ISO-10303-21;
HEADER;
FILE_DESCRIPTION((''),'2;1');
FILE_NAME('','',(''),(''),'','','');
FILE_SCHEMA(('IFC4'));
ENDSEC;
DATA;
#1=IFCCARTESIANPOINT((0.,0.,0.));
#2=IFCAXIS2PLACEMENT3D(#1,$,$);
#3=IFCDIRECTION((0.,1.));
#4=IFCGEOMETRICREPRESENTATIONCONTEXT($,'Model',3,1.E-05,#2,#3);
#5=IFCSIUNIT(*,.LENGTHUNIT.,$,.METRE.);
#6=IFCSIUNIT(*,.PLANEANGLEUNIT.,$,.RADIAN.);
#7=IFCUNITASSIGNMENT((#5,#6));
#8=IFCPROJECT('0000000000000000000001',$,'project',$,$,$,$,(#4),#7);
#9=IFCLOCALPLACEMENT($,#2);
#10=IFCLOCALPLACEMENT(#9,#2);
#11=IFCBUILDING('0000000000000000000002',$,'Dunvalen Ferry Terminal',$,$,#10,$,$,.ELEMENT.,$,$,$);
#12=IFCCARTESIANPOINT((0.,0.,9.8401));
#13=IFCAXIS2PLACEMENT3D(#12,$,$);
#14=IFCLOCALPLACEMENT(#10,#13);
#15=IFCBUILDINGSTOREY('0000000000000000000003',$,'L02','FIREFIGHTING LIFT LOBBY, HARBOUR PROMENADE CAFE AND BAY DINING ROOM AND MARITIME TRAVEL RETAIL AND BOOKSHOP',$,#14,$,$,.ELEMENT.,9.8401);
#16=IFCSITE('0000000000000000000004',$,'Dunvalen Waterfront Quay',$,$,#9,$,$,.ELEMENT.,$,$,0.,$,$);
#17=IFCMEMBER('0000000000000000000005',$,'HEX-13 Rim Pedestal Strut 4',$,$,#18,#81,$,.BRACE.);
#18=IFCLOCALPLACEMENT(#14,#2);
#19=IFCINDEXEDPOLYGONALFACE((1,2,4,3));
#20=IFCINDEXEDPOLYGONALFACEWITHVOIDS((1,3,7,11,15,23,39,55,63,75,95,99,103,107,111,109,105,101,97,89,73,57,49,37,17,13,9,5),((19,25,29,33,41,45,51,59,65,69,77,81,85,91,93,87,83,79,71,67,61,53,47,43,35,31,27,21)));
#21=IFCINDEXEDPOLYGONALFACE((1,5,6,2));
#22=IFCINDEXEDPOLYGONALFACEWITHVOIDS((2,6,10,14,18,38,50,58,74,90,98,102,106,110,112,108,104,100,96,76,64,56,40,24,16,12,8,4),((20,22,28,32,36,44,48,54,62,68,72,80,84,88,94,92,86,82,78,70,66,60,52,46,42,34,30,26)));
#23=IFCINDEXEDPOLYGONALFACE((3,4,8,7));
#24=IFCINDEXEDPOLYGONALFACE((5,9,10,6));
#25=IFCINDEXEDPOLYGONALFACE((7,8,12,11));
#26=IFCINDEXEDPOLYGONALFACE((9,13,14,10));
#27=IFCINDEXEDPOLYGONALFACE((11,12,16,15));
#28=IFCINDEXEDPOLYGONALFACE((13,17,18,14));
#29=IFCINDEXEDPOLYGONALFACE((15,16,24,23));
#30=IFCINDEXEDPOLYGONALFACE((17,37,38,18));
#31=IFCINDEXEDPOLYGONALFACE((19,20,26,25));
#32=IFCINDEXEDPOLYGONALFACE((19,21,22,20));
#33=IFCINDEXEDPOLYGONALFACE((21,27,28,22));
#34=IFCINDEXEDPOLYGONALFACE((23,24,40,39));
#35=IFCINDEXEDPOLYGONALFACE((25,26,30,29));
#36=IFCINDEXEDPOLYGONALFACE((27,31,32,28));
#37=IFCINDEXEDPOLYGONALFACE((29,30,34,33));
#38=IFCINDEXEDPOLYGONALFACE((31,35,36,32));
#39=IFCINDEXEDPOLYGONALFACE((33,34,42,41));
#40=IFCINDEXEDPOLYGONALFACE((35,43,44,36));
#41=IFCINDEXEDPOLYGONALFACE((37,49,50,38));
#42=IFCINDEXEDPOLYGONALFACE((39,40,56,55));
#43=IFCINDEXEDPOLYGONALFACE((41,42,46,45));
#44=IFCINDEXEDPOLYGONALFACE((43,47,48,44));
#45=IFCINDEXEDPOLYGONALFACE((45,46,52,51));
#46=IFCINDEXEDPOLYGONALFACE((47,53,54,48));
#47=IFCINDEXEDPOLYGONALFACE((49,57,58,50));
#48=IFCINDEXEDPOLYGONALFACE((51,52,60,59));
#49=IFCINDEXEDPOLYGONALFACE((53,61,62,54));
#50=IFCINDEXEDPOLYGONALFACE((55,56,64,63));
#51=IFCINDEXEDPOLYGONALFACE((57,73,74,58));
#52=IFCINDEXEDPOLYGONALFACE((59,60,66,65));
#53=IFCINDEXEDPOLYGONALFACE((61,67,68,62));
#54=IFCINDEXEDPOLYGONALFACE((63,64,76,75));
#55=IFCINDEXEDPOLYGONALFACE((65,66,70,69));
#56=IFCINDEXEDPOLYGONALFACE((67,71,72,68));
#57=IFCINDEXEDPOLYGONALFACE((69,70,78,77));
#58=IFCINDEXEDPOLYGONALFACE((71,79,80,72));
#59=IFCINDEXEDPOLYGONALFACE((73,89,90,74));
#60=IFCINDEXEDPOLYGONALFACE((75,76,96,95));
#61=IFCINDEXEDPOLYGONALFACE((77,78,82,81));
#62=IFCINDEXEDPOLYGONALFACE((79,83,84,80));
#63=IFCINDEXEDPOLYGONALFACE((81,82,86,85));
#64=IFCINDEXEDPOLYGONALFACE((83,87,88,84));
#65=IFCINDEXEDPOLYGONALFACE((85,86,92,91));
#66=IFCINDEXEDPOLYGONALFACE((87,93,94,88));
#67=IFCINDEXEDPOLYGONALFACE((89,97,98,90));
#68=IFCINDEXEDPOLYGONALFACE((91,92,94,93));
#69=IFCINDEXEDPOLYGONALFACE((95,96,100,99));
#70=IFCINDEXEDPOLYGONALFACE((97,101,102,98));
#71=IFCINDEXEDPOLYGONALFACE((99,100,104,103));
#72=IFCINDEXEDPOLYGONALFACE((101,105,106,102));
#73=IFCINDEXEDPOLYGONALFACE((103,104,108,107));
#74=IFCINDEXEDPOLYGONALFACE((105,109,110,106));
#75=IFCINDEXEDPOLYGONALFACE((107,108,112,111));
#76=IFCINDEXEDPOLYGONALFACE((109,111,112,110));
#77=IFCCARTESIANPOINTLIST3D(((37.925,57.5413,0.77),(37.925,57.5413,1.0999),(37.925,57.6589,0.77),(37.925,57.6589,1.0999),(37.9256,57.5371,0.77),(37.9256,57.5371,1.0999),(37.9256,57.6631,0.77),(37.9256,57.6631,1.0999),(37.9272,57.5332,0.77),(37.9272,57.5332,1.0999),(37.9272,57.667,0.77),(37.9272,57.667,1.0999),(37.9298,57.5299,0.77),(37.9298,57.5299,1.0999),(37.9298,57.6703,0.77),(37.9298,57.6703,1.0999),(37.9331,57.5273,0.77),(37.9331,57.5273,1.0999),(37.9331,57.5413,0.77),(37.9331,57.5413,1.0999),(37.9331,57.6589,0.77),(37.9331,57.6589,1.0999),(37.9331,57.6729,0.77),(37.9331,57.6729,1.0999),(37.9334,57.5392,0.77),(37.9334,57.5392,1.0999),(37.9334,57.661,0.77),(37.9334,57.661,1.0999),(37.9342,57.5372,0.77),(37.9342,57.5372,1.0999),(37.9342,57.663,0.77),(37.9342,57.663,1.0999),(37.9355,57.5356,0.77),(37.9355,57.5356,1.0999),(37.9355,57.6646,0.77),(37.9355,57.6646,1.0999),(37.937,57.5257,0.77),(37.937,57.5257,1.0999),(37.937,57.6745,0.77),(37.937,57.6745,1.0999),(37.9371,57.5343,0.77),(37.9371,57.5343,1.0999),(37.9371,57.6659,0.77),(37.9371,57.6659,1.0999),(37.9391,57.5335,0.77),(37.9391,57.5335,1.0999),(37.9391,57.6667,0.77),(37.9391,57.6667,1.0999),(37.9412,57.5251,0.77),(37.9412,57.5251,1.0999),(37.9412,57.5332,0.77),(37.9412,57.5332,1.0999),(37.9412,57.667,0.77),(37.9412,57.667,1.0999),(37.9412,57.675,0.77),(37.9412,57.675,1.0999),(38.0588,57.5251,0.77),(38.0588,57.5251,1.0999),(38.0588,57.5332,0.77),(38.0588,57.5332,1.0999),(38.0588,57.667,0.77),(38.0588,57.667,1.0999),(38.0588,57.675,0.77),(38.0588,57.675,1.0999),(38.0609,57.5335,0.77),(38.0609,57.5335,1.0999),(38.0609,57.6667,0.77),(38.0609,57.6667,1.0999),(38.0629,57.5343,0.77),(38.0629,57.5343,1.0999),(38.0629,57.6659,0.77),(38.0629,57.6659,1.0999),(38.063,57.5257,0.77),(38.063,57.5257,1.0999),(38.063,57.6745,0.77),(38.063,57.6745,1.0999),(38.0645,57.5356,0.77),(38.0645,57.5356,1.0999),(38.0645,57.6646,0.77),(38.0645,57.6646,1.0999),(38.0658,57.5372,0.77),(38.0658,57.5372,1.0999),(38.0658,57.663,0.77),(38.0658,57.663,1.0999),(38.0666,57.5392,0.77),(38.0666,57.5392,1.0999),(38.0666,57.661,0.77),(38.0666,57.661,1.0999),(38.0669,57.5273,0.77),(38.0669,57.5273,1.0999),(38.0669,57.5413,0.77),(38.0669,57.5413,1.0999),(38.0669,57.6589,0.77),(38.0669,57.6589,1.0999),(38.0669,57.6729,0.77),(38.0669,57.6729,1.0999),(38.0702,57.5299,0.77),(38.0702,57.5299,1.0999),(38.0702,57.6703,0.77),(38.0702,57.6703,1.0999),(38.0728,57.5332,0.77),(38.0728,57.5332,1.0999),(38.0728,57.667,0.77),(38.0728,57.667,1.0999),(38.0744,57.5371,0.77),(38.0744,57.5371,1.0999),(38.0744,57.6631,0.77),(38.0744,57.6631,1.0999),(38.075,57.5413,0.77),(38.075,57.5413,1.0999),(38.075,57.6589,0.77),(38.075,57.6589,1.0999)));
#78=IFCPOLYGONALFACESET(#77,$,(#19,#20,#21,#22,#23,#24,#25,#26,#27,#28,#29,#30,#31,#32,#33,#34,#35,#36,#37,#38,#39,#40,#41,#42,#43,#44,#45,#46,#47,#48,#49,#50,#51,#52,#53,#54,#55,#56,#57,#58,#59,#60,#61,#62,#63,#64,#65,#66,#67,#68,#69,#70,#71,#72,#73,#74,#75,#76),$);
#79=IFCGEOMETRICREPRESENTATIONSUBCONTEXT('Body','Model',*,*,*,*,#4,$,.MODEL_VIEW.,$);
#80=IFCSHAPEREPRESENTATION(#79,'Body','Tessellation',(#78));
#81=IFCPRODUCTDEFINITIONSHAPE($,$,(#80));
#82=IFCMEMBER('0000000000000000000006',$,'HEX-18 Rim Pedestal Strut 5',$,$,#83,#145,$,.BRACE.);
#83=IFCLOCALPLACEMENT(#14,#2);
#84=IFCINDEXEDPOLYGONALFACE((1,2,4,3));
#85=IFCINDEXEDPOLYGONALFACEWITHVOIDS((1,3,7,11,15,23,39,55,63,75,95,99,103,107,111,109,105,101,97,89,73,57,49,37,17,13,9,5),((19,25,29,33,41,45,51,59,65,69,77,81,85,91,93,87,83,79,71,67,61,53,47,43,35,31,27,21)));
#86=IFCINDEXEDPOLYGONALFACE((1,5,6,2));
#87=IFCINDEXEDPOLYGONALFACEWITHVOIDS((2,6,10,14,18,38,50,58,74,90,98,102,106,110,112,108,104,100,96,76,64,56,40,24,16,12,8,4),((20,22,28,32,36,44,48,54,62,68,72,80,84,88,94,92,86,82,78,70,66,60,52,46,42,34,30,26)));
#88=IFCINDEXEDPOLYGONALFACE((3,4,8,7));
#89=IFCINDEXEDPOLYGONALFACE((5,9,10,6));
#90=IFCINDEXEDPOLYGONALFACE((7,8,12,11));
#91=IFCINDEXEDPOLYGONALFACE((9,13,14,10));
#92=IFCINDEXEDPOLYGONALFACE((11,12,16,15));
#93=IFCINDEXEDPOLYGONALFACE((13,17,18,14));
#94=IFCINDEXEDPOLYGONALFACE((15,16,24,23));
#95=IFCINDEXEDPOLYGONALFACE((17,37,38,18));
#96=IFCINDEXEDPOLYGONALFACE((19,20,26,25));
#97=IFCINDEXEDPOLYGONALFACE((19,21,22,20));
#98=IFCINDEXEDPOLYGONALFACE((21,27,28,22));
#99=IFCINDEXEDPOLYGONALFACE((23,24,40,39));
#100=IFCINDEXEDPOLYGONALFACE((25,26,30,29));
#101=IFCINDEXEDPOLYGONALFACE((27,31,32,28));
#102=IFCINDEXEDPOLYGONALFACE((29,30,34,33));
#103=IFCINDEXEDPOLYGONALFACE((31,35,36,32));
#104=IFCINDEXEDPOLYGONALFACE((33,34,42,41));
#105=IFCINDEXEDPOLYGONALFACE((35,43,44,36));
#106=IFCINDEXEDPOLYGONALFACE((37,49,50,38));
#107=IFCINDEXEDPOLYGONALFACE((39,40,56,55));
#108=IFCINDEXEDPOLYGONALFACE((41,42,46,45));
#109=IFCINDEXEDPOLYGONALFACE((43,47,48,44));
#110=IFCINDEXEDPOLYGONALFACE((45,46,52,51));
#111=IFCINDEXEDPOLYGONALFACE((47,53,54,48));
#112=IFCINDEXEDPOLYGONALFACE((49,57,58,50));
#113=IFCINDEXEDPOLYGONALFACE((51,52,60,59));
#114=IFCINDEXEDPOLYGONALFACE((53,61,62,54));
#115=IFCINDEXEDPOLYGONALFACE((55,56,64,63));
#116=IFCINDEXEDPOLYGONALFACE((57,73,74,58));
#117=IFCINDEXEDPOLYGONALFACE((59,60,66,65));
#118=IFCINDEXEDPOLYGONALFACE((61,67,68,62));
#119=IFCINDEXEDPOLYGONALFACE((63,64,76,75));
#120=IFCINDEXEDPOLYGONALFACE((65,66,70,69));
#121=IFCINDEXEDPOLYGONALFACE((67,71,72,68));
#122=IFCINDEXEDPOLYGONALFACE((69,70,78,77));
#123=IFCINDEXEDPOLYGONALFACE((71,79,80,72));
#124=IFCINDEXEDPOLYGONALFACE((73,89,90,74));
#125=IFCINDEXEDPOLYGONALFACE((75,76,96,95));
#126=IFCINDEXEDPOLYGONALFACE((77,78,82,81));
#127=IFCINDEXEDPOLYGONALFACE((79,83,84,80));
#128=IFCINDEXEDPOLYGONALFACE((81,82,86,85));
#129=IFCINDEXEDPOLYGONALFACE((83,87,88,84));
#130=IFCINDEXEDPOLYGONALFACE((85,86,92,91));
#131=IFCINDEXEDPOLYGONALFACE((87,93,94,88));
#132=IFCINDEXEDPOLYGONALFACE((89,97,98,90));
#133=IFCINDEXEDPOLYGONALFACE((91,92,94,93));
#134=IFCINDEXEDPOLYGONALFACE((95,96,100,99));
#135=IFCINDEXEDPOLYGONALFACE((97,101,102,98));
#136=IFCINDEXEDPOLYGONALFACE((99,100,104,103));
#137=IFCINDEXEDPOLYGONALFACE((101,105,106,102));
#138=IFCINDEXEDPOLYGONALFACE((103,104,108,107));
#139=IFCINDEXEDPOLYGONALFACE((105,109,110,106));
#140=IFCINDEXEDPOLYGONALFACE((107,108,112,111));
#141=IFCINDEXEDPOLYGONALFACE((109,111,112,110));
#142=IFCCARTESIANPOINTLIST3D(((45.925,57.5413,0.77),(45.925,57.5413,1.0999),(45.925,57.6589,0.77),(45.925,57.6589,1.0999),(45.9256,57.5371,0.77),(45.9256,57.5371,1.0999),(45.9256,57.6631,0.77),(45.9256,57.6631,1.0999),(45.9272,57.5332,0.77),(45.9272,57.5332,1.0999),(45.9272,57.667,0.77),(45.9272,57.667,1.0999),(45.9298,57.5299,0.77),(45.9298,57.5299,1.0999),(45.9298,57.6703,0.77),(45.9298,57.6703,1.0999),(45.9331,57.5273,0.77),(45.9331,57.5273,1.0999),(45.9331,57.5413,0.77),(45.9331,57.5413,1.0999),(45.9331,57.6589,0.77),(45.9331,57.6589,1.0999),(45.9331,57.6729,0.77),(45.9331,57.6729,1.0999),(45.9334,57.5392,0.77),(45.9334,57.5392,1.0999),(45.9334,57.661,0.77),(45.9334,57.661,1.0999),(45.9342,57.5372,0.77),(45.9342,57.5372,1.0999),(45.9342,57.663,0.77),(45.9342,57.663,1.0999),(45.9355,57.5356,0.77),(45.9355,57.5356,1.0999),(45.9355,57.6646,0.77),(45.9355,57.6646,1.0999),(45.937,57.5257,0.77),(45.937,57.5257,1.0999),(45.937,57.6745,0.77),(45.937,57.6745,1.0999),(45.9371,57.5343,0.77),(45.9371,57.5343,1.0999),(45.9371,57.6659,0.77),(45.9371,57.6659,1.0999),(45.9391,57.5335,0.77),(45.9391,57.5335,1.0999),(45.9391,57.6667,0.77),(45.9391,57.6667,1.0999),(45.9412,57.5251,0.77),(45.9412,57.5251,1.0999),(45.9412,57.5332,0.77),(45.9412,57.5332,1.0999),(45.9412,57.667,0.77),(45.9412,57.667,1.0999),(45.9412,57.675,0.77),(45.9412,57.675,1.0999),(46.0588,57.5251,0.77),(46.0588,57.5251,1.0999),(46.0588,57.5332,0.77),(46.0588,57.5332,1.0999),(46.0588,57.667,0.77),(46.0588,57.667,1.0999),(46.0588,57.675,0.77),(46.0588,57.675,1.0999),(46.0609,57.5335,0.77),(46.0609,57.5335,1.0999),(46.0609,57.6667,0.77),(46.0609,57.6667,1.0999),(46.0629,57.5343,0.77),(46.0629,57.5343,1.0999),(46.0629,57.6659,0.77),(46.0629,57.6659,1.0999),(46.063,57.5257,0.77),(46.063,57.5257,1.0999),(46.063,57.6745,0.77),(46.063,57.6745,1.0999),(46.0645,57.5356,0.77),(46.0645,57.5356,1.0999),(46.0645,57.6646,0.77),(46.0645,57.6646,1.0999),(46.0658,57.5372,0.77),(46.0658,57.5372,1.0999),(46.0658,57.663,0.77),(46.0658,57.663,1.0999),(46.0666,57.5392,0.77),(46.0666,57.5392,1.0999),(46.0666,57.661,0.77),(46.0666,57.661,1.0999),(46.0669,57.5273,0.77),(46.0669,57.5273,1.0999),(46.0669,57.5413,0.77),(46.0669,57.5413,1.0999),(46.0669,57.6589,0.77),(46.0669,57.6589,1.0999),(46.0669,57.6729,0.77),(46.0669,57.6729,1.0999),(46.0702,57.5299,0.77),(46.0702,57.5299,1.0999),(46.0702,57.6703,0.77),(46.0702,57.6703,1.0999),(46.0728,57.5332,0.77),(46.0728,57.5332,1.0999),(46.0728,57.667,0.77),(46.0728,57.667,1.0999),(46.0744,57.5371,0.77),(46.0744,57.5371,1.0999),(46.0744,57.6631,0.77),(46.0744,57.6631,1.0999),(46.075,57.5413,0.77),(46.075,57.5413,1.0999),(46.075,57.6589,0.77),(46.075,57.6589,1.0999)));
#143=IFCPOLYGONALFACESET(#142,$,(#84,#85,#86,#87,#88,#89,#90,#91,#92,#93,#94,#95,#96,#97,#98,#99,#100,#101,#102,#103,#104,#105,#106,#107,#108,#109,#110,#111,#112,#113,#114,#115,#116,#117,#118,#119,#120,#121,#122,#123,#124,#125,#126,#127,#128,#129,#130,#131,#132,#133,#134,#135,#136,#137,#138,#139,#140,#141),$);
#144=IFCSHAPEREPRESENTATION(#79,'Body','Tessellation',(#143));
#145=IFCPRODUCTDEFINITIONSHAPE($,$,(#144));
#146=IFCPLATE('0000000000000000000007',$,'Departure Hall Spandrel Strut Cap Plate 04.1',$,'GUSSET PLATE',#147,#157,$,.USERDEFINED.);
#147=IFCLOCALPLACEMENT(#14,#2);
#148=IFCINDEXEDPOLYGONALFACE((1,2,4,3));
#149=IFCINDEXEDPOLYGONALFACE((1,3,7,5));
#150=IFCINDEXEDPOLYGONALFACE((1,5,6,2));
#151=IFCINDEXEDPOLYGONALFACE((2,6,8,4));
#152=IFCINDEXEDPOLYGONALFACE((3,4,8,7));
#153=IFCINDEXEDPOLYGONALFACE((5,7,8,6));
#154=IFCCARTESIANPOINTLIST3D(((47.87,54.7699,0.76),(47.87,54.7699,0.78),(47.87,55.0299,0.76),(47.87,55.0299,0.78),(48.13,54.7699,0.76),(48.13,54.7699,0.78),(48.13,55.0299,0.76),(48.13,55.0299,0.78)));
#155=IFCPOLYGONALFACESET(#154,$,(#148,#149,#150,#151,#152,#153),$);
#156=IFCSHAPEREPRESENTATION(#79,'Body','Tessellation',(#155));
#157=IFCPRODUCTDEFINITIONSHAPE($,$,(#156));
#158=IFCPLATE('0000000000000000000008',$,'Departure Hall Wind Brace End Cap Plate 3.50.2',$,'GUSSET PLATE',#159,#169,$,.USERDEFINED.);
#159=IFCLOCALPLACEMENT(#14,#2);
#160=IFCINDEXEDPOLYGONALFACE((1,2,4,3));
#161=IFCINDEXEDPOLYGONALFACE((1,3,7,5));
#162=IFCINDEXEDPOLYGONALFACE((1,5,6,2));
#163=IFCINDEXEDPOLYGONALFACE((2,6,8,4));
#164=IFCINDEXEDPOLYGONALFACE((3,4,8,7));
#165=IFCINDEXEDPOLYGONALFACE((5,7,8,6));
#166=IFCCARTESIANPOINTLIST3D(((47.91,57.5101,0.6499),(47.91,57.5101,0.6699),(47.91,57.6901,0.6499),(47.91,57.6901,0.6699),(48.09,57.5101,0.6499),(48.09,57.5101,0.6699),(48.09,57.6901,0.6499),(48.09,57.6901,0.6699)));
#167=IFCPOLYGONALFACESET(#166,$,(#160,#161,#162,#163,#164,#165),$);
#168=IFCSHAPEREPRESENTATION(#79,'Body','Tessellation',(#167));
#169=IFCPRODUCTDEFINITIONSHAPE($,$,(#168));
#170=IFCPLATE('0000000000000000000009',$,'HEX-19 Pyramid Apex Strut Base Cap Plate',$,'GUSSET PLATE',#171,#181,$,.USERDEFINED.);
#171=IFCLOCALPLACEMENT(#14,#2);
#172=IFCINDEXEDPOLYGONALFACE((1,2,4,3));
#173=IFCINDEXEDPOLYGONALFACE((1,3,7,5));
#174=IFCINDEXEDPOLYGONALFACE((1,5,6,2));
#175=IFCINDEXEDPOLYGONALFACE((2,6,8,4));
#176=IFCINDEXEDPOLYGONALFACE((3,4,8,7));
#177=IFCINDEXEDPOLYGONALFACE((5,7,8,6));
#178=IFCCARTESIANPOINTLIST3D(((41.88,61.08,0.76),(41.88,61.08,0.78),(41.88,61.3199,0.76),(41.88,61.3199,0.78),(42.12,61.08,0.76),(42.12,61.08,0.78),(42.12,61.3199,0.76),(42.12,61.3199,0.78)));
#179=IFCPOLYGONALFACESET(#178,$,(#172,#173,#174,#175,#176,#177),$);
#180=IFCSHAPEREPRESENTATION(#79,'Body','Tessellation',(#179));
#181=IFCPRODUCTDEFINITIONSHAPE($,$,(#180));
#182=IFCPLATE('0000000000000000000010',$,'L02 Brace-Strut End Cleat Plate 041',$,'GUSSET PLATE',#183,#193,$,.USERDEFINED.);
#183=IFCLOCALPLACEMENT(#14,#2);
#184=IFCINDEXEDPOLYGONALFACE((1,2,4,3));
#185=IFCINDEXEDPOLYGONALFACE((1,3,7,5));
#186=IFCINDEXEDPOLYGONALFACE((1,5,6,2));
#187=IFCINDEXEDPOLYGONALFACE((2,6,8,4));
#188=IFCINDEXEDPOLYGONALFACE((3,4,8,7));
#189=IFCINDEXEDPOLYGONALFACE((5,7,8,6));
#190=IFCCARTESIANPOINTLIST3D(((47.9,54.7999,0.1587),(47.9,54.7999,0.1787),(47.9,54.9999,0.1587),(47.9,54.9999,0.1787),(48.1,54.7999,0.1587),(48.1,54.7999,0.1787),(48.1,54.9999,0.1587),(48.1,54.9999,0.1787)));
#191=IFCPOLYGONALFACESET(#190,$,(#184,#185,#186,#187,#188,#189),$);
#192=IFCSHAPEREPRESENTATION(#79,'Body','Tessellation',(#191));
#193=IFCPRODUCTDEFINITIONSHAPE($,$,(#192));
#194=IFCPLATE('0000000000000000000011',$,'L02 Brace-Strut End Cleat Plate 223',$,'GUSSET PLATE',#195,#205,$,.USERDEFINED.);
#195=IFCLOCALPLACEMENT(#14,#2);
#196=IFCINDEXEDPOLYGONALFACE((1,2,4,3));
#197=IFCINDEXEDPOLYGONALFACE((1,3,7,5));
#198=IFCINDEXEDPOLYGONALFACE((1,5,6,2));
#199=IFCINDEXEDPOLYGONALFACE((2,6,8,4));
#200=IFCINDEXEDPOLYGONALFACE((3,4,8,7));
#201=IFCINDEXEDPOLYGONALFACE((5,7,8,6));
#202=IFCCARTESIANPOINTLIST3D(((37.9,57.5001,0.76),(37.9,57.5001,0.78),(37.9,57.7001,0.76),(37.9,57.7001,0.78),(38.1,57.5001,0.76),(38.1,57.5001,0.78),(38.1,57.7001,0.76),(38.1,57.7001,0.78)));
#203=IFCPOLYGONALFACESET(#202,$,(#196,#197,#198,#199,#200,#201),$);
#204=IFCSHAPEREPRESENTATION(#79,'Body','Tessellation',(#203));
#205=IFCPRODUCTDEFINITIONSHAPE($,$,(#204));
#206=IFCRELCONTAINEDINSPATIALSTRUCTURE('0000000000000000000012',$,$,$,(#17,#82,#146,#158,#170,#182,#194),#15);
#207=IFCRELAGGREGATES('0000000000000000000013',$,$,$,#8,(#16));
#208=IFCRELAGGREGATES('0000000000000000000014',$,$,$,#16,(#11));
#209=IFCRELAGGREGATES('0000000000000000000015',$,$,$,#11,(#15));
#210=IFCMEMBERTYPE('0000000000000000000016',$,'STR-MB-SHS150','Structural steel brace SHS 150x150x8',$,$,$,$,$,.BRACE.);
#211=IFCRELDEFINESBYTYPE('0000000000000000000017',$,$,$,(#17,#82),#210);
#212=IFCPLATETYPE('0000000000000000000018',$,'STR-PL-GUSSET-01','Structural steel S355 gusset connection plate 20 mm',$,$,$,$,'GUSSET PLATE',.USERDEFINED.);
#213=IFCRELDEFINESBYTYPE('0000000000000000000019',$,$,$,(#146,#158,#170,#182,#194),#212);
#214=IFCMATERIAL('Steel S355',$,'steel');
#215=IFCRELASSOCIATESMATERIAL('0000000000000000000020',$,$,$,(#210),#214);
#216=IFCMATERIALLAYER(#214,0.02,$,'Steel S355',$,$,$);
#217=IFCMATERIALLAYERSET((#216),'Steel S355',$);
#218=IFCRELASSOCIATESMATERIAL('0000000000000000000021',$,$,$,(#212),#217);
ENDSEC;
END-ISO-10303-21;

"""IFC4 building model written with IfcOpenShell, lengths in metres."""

from ifc_helpers import new_model, si_unit, direction, frame, origin, origin_2d, place, context, subcontext, project, spatial, rectangle, hollow_rectangle, extrude, material, layer, layer_set, material_profile, profile_set, type_object, element, save


model = new_model("IFC4")

# Units and contexts
model_context = context("Model", 3, precision=1e-05, world=origin(), true_north=direction((0.0, 1.0)))
body_context = subcontext(model_context, "Body", "Model", "MODEL_VIEW")
ifc_project = project(units=[si_unit("LENGTHUNIT", "METRE"), si_unit("PLANEANGLEUNIT", "RADIAN")], contexts=[model_context])

# Site, building, storey
site_placement = place(None, origin())
site = spatial("IfcSite", under=ifc_project, at=site_placement, Name="Dunvalen Waterfront Quay", CompositionType="ELEMENT", RefElevation=0.0)
building_placement = place(site_placement, origin())
building = spatial("IfcBuilding", under=site, at=building_placement, Name="Dunvalen Ferry Terminal", CompositionType="ELEMENT")
storey_placement = place(building_placement, frame((0.0, 0.0, 9.8401)))
storey = spatial("IfcBuildingStorey", under=building, at=storey_placement, Name="L02", Description="FIREFIGHTING LIFT LOBBY, HARBOUR PROMENADE CAFE AND BAY DINING ROOM AND MARITIME TRAVEL RETAIL AND BOOKSHOP", CompositionType="ELEMENT", Elevation=9.8401)

# Shared definitions
ifc_material_1 = material(Name="Steel S355", Category="steel")

# Members
ifc_material_profile_1 = material_profile(ifc_material_1, hollow_rectangle(XDim=0.1499, YDim=0.1499, WallThickness=0.0081, InnerFilletRadius=0.0081, OuterFilletRadius=0.0161, at=origin_2d()), Name="Steel S355")
ifc_profile_set_1 = profile_set([ifc_material_profile_1], Name="Steel S355")
member_type_1 = type_object("IfcMemberType", Name="STR-MB-SHS150", Description="Structural steel brace SHS 150x150x8", PredefinedType="BRACE", material=ifc_profile_set_1)
for number, where, z_axis, x_axis, name in (
    (1, (38.0, 57.6001, 0.77), (0.0, 0.0, 1.0), (1.0, 0.0, 0.0), "HEX-13 Rim Pedestal Strut 4"),
    (2, (46.0, 57.6001, 0.77), (0.0, 0.0, 1.0), (1.0, 0.0, 0.0), "HEX-18 Rim Pedestal Strut 5"),
):
    element("IfcMember", number, at=place(storey_placement, frame(where, z_axis=z_axis, x_axis=x_axis)), inside=storey, type_object=member_type_1, Name=name, PredefinedType="BRACE", context=body_context, shape_type="SweptSolid", body=[
        extrude(hollow_rectangle(XDim=0.1499, YDim=0.1499, WallThickness=0.0081, InnerFilletRadius=0.0081, OuterFilletRadius=0.0161, at=origin_2d()), origin(), (0.0, 0.0, 1.0), 0.3298),
    ])

# Plates
ifc_layer_1 = layer(ifc_material_1, 0.02, Name="Steel S355")
ifc_layer_set_1 = layer_set([ifc_layer_1], Name="Steel S355")
plate_type_1 = type_object("IfcPlateType", Name="STR-PL-GUSSET-01", Description="Structural steel S355 gusset connection plate 20 mm", ElementType="GUSSET PLATE", PredefinedType="USERDEFINED", material=ifc_layer_set_1)
plate_1_placement = place(storey_placement, frame((48.0, 54.8999, 0.76), z_axis=(0.0, 0.0, 1.0), x_axis=(1.0, 0.0, 0.0)))
element("IfcPlate", 3, at=plate_1_placement, inside=storey, type_object=plate_type_1, Name="Departure Hall Spandrel Strut Cap Plate 04.1", ObjectType="GUSSET PLATE", PredefinedType="USERDEFINED", context=body_context, shape_type="SweptSolid", body=[
    extrude(rectangle(XDim=0.26, YDim=0.26, at=origin_2d()), origin(), (0.0, 0.0, 1.0), 0.02),
])
plate_2_placement = place(storey_placement, frame((48.0, 57.6001, 0.6499), z_axis=(0.0, 0.0, 1.0), x_axis=(1.0, 0.0, 0.0)))
element("IfcPlate", 4, at=plate_2_placement, inside=storey, type_object=plate_type_1, Name="Departure Hall Wind Brace End Cap Plate 3.50.2", ObjectType="GUSSET PLATE", PredefinedType="USERDEFINED", context=body_context, shape_type="SweptSolid", body=[
    extrude(rectangle(XDim=0.1799, YDim=0.1799, at=origin_2d()), origin(), (0.0, 0.0, 1.0), 0.02),
])
plate_3_placement = place(storey_placement, frame((42.0, 61.2, 0.76), z_axis=(0.0, 0.0, 1.0), x_axis=(1.0, 0.0, 0.0)))
element("IfcPlate", 5, at=plate_3_placement, inside=storey, type_object=plate_type_1, Name="HEX-19 Pyramid Apex Strut Base Cap Plate", ObjectType="GUSSET PLATE", PredefinedType="USERDEFINED", context=body_context, shape_type="SweptSolid", body=[
    extrude(rectangle(XDim=0.24, YDim=0.24, at=origin_2d()), origin(), (0.0, 0.0, 1.0), 0.02),
])
for number, where, z_axis, x_axis, name in (
    (6, (48.0, 54.8999, 0.1587), (0.0, 0.0, 1.0), (1.0, 0.0, 0.0), "L02 Brace-Strut End Cleat Plate 041"),
    (7, (38.0, 57.6001, 0.76), (0.0, 0.0, 1.0), (1.0, 0.0, 0.0), "L02 Brace-Strut End Cleat Plate 223"),
):
    element("IfcPlate", number, at=place(storey_placement, frame(where, z_axis=z_axis, x_axis=x_axis)), inside=storey, type_object=plate_type_1, Name=name, ObjectType="GUSSET PLATE", PredefinedType="USERDEFINED", context=body_context, shape_type="SweptSolid", body=[
        extrude(rectangle(XDim=0.2, YDim=0.2, at=origin_2d()), origin(), (0.0, 0.0, 1.0), 0.02),
    ])

save(model, "model.ifc")
